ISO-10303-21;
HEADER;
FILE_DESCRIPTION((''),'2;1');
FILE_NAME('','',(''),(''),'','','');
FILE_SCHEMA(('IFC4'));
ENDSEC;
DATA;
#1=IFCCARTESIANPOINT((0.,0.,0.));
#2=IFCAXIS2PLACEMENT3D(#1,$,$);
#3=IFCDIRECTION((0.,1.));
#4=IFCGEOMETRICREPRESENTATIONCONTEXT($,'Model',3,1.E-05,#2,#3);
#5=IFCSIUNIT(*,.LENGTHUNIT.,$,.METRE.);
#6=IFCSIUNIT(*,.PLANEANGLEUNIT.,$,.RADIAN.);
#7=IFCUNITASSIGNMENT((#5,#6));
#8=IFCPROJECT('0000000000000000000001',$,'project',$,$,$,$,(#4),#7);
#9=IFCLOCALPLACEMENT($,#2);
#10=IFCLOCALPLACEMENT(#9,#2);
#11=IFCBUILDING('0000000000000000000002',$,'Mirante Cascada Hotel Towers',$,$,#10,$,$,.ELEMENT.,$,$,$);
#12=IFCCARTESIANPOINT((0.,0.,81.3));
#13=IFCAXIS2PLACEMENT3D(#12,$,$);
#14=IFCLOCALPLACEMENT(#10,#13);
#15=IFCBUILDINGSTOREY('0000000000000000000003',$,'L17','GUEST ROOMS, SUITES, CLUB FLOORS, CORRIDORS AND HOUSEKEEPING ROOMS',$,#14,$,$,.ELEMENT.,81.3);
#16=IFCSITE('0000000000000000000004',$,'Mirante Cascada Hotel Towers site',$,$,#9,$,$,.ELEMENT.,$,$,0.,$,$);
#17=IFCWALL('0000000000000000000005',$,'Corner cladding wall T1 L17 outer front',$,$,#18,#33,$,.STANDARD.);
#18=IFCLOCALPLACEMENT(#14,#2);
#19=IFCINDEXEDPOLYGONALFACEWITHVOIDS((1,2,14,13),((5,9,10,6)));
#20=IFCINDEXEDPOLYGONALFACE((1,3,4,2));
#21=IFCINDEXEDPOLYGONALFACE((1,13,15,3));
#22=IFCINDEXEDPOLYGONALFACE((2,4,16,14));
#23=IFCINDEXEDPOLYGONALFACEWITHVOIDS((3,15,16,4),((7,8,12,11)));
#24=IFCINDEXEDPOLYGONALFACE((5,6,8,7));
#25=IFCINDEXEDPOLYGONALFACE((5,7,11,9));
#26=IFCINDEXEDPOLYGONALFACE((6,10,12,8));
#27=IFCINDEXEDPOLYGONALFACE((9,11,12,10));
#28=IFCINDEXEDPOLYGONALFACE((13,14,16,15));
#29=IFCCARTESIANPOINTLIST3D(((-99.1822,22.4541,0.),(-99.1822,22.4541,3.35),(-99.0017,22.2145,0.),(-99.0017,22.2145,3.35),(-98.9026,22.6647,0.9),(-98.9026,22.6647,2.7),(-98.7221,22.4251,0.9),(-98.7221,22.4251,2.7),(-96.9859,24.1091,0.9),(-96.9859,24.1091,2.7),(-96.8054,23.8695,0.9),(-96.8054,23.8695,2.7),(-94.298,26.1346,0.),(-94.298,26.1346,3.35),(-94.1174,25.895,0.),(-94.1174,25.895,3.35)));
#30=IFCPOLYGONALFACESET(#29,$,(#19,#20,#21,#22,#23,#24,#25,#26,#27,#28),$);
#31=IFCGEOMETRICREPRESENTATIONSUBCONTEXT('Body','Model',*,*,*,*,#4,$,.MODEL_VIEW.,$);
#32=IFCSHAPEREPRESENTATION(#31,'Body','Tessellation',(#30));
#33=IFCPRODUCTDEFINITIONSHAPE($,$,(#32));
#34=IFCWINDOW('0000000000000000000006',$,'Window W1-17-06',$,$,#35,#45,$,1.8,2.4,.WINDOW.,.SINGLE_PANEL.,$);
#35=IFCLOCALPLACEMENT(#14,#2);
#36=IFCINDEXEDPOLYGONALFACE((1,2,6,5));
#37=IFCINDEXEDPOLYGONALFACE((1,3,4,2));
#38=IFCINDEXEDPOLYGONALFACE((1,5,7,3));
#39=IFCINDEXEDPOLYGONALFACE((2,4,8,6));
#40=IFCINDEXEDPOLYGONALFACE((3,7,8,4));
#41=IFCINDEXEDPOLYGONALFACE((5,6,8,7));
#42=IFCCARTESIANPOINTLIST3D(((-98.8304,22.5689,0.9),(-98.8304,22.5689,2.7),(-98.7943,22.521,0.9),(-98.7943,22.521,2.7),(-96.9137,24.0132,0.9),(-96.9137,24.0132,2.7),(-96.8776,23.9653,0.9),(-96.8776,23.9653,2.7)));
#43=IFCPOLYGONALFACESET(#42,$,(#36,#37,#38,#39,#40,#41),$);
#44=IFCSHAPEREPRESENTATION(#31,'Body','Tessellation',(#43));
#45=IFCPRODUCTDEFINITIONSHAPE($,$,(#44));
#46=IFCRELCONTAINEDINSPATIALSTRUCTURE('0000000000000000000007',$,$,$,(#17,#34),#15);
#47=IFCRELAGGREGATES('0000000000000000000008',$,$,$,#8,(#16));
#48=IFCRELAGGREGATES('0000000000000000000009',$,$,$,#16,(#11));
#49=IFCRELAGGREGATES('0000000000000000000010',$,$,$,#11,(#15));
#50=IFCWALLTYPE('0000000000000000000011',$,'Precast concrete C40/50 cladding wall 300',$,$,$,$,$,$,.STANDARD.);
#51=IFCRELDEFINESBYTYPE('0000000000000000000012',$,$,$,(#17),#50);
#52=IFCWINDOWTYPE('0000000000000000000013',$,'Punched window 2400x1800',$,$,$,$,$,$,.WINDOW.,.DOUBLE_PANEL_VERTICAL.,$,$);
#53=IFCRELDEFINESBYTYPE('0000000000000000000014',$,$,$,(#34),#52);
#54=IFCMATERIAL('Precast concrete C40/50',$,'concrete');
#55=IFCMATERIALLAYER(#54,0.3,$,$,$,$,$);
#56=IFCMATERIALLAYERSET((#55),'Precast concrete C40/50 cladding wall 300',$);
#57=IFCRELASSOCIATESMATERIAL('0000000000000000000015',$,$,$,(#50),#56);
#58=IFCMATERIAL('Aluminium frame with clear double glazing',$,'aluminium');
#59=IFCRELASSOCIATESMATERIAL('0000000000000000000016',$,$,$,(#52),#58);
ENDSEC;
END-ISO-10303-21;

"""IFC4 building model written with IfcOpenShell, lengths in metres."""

from ifc_helpers import new_model, si_unit, direction, frame, frame_2d, origin, place, context, subcontext, project, spatial, rectangle, extrude, material, layer, layer_set, type_object, element, fill, save


model = new_model("IFC4")

# Units and contexts
model_context = context("Model", 3, precision=1e-05, world=origin(), true_north=direction((0.0, 1.0)))
body_context = subcontext(model_context, "Body", "Model", "MODEL_VIEW")
ifc_project = project(units=[si_unit("LENGTHUNIT", "METRE"), si_unit("PLANEANGLEUNIT", "RADIAN")], contexts=[model_context])

# Site, building, storey
site_placement = place(None, origin())
site = spatial("IfcSite", under=ifc_project, at=site_placement, Name="Mirante Cascada Hotel Towers site", CompositionType="ELEMENT", RefElevation=0.0)
building_placement = place(site_placement, origin())
building = spatial("IfcBuilding", under=site, at=building_placement, Name="Mirante Cascada Hotel Towers", CompositionType="ELEMENT")
storey_placement = place(building_placement, frame((0.0, 0.0, 81.3)))
storey = spatial("IfcBuildingStorey", under=building, at=storey_placement, Name="L17", Description="GUEST ROOMS, SUITES, CLUB FLOORS, CORRIDORS AND HOUSEKEEPING ROOMS", CompositionType="ELEMENT", Elevation=81.3)

# Wall, opening, window
ifc_material_1 = material(Name="Precast concrete C40/50", Category="concrete")
ifc_layer_1 = layer(ifc_material_1, 0.3)
ifc_layer_set_1 = layer_set([ifc_layer_1], Name="Precast concrete C40/50 cladding wall 300")
wall_type_1 = type_object("IfcWallType", Name="Precast concrete C40/50 cladding wall 300", PredefinedType="STANDARD", material=ifc_layer_set_1)
wall_1_placement = place(storey_placement, frame((-99.0919, 22.3343, 0.0), z_axis=(0.0, 0.0, 1.0), x_axis=(0.798636, 0.601814, 0.0)))
wall_1 = element("IfcWall", 1, at=wall_1_placement, inside=storey, type_object=wall_type_1, Name="Corner cladding wall T1 L17 outer front", PredefinedType="STANDARD", context=body_context, shape_type="SweptSolid", body=[
    extrude(rectangle(XDim=6.1157, YDim=0.3, at=frame_2d((3.0578, 0.0))), origin(), (0.0, 0.0, 1.0), 3.35),
])
opening_placement = place(wall_1_placement, frame((0.35, 0.0, 0.9)))
opening = element("IfcOpeningElement", 2, at=opening_placement, cuts=wall_1, PredefinedType="OPENING", context=body_context, shape_type="SweptSolid", body=[
    extrude(rectangle(XDim=2.4, YDim=1.8, at=frame_2d((1.2, 0.9))), frame((0.0, 0.15, 0.0), z_axis=(0.0, -1.0, 0.0), x_axis=(1.0, 0.0, 0.0)), (0.0, 0.0, 1.0), 0.3),
])
ifc_material_2 = material(Name="Aluminium frame with clear double glazing", Category="aluminium")
window_type = type_object("IfcWindowType", Name="Punched window 2400x1800", PartitioningType="DOUBLE_PANEL_VERTICAL", PredefinedType="WINDOW", material=ifc_material_2)
window_placement = place(opening_placement, origin())
window = element("IfcWindow", 3, at=window_placement, inside=storey, type_object=window_type, Name="Window W1-17-06", OverallHeight=1.8, OverallWidth=2.4, PartitioningType="SINGLE_PANEL", PredefinedType="WINDOW", context=body_context, shape_type="SweptSolid", body=[
    extrude(rectangle(XDim=2.4, YDim=1.8, at=frame_2d((1.2, 0.9))), frame((0.0, 0.03, 0.0), z_axis=(0.0, -1.0, 0.0), x_axis=(1.0, 0.0, 0.0)), (0.0, 0.0, 1.0), 0.06),
])
fill(opening, window)

save(model, "model.ifc")
